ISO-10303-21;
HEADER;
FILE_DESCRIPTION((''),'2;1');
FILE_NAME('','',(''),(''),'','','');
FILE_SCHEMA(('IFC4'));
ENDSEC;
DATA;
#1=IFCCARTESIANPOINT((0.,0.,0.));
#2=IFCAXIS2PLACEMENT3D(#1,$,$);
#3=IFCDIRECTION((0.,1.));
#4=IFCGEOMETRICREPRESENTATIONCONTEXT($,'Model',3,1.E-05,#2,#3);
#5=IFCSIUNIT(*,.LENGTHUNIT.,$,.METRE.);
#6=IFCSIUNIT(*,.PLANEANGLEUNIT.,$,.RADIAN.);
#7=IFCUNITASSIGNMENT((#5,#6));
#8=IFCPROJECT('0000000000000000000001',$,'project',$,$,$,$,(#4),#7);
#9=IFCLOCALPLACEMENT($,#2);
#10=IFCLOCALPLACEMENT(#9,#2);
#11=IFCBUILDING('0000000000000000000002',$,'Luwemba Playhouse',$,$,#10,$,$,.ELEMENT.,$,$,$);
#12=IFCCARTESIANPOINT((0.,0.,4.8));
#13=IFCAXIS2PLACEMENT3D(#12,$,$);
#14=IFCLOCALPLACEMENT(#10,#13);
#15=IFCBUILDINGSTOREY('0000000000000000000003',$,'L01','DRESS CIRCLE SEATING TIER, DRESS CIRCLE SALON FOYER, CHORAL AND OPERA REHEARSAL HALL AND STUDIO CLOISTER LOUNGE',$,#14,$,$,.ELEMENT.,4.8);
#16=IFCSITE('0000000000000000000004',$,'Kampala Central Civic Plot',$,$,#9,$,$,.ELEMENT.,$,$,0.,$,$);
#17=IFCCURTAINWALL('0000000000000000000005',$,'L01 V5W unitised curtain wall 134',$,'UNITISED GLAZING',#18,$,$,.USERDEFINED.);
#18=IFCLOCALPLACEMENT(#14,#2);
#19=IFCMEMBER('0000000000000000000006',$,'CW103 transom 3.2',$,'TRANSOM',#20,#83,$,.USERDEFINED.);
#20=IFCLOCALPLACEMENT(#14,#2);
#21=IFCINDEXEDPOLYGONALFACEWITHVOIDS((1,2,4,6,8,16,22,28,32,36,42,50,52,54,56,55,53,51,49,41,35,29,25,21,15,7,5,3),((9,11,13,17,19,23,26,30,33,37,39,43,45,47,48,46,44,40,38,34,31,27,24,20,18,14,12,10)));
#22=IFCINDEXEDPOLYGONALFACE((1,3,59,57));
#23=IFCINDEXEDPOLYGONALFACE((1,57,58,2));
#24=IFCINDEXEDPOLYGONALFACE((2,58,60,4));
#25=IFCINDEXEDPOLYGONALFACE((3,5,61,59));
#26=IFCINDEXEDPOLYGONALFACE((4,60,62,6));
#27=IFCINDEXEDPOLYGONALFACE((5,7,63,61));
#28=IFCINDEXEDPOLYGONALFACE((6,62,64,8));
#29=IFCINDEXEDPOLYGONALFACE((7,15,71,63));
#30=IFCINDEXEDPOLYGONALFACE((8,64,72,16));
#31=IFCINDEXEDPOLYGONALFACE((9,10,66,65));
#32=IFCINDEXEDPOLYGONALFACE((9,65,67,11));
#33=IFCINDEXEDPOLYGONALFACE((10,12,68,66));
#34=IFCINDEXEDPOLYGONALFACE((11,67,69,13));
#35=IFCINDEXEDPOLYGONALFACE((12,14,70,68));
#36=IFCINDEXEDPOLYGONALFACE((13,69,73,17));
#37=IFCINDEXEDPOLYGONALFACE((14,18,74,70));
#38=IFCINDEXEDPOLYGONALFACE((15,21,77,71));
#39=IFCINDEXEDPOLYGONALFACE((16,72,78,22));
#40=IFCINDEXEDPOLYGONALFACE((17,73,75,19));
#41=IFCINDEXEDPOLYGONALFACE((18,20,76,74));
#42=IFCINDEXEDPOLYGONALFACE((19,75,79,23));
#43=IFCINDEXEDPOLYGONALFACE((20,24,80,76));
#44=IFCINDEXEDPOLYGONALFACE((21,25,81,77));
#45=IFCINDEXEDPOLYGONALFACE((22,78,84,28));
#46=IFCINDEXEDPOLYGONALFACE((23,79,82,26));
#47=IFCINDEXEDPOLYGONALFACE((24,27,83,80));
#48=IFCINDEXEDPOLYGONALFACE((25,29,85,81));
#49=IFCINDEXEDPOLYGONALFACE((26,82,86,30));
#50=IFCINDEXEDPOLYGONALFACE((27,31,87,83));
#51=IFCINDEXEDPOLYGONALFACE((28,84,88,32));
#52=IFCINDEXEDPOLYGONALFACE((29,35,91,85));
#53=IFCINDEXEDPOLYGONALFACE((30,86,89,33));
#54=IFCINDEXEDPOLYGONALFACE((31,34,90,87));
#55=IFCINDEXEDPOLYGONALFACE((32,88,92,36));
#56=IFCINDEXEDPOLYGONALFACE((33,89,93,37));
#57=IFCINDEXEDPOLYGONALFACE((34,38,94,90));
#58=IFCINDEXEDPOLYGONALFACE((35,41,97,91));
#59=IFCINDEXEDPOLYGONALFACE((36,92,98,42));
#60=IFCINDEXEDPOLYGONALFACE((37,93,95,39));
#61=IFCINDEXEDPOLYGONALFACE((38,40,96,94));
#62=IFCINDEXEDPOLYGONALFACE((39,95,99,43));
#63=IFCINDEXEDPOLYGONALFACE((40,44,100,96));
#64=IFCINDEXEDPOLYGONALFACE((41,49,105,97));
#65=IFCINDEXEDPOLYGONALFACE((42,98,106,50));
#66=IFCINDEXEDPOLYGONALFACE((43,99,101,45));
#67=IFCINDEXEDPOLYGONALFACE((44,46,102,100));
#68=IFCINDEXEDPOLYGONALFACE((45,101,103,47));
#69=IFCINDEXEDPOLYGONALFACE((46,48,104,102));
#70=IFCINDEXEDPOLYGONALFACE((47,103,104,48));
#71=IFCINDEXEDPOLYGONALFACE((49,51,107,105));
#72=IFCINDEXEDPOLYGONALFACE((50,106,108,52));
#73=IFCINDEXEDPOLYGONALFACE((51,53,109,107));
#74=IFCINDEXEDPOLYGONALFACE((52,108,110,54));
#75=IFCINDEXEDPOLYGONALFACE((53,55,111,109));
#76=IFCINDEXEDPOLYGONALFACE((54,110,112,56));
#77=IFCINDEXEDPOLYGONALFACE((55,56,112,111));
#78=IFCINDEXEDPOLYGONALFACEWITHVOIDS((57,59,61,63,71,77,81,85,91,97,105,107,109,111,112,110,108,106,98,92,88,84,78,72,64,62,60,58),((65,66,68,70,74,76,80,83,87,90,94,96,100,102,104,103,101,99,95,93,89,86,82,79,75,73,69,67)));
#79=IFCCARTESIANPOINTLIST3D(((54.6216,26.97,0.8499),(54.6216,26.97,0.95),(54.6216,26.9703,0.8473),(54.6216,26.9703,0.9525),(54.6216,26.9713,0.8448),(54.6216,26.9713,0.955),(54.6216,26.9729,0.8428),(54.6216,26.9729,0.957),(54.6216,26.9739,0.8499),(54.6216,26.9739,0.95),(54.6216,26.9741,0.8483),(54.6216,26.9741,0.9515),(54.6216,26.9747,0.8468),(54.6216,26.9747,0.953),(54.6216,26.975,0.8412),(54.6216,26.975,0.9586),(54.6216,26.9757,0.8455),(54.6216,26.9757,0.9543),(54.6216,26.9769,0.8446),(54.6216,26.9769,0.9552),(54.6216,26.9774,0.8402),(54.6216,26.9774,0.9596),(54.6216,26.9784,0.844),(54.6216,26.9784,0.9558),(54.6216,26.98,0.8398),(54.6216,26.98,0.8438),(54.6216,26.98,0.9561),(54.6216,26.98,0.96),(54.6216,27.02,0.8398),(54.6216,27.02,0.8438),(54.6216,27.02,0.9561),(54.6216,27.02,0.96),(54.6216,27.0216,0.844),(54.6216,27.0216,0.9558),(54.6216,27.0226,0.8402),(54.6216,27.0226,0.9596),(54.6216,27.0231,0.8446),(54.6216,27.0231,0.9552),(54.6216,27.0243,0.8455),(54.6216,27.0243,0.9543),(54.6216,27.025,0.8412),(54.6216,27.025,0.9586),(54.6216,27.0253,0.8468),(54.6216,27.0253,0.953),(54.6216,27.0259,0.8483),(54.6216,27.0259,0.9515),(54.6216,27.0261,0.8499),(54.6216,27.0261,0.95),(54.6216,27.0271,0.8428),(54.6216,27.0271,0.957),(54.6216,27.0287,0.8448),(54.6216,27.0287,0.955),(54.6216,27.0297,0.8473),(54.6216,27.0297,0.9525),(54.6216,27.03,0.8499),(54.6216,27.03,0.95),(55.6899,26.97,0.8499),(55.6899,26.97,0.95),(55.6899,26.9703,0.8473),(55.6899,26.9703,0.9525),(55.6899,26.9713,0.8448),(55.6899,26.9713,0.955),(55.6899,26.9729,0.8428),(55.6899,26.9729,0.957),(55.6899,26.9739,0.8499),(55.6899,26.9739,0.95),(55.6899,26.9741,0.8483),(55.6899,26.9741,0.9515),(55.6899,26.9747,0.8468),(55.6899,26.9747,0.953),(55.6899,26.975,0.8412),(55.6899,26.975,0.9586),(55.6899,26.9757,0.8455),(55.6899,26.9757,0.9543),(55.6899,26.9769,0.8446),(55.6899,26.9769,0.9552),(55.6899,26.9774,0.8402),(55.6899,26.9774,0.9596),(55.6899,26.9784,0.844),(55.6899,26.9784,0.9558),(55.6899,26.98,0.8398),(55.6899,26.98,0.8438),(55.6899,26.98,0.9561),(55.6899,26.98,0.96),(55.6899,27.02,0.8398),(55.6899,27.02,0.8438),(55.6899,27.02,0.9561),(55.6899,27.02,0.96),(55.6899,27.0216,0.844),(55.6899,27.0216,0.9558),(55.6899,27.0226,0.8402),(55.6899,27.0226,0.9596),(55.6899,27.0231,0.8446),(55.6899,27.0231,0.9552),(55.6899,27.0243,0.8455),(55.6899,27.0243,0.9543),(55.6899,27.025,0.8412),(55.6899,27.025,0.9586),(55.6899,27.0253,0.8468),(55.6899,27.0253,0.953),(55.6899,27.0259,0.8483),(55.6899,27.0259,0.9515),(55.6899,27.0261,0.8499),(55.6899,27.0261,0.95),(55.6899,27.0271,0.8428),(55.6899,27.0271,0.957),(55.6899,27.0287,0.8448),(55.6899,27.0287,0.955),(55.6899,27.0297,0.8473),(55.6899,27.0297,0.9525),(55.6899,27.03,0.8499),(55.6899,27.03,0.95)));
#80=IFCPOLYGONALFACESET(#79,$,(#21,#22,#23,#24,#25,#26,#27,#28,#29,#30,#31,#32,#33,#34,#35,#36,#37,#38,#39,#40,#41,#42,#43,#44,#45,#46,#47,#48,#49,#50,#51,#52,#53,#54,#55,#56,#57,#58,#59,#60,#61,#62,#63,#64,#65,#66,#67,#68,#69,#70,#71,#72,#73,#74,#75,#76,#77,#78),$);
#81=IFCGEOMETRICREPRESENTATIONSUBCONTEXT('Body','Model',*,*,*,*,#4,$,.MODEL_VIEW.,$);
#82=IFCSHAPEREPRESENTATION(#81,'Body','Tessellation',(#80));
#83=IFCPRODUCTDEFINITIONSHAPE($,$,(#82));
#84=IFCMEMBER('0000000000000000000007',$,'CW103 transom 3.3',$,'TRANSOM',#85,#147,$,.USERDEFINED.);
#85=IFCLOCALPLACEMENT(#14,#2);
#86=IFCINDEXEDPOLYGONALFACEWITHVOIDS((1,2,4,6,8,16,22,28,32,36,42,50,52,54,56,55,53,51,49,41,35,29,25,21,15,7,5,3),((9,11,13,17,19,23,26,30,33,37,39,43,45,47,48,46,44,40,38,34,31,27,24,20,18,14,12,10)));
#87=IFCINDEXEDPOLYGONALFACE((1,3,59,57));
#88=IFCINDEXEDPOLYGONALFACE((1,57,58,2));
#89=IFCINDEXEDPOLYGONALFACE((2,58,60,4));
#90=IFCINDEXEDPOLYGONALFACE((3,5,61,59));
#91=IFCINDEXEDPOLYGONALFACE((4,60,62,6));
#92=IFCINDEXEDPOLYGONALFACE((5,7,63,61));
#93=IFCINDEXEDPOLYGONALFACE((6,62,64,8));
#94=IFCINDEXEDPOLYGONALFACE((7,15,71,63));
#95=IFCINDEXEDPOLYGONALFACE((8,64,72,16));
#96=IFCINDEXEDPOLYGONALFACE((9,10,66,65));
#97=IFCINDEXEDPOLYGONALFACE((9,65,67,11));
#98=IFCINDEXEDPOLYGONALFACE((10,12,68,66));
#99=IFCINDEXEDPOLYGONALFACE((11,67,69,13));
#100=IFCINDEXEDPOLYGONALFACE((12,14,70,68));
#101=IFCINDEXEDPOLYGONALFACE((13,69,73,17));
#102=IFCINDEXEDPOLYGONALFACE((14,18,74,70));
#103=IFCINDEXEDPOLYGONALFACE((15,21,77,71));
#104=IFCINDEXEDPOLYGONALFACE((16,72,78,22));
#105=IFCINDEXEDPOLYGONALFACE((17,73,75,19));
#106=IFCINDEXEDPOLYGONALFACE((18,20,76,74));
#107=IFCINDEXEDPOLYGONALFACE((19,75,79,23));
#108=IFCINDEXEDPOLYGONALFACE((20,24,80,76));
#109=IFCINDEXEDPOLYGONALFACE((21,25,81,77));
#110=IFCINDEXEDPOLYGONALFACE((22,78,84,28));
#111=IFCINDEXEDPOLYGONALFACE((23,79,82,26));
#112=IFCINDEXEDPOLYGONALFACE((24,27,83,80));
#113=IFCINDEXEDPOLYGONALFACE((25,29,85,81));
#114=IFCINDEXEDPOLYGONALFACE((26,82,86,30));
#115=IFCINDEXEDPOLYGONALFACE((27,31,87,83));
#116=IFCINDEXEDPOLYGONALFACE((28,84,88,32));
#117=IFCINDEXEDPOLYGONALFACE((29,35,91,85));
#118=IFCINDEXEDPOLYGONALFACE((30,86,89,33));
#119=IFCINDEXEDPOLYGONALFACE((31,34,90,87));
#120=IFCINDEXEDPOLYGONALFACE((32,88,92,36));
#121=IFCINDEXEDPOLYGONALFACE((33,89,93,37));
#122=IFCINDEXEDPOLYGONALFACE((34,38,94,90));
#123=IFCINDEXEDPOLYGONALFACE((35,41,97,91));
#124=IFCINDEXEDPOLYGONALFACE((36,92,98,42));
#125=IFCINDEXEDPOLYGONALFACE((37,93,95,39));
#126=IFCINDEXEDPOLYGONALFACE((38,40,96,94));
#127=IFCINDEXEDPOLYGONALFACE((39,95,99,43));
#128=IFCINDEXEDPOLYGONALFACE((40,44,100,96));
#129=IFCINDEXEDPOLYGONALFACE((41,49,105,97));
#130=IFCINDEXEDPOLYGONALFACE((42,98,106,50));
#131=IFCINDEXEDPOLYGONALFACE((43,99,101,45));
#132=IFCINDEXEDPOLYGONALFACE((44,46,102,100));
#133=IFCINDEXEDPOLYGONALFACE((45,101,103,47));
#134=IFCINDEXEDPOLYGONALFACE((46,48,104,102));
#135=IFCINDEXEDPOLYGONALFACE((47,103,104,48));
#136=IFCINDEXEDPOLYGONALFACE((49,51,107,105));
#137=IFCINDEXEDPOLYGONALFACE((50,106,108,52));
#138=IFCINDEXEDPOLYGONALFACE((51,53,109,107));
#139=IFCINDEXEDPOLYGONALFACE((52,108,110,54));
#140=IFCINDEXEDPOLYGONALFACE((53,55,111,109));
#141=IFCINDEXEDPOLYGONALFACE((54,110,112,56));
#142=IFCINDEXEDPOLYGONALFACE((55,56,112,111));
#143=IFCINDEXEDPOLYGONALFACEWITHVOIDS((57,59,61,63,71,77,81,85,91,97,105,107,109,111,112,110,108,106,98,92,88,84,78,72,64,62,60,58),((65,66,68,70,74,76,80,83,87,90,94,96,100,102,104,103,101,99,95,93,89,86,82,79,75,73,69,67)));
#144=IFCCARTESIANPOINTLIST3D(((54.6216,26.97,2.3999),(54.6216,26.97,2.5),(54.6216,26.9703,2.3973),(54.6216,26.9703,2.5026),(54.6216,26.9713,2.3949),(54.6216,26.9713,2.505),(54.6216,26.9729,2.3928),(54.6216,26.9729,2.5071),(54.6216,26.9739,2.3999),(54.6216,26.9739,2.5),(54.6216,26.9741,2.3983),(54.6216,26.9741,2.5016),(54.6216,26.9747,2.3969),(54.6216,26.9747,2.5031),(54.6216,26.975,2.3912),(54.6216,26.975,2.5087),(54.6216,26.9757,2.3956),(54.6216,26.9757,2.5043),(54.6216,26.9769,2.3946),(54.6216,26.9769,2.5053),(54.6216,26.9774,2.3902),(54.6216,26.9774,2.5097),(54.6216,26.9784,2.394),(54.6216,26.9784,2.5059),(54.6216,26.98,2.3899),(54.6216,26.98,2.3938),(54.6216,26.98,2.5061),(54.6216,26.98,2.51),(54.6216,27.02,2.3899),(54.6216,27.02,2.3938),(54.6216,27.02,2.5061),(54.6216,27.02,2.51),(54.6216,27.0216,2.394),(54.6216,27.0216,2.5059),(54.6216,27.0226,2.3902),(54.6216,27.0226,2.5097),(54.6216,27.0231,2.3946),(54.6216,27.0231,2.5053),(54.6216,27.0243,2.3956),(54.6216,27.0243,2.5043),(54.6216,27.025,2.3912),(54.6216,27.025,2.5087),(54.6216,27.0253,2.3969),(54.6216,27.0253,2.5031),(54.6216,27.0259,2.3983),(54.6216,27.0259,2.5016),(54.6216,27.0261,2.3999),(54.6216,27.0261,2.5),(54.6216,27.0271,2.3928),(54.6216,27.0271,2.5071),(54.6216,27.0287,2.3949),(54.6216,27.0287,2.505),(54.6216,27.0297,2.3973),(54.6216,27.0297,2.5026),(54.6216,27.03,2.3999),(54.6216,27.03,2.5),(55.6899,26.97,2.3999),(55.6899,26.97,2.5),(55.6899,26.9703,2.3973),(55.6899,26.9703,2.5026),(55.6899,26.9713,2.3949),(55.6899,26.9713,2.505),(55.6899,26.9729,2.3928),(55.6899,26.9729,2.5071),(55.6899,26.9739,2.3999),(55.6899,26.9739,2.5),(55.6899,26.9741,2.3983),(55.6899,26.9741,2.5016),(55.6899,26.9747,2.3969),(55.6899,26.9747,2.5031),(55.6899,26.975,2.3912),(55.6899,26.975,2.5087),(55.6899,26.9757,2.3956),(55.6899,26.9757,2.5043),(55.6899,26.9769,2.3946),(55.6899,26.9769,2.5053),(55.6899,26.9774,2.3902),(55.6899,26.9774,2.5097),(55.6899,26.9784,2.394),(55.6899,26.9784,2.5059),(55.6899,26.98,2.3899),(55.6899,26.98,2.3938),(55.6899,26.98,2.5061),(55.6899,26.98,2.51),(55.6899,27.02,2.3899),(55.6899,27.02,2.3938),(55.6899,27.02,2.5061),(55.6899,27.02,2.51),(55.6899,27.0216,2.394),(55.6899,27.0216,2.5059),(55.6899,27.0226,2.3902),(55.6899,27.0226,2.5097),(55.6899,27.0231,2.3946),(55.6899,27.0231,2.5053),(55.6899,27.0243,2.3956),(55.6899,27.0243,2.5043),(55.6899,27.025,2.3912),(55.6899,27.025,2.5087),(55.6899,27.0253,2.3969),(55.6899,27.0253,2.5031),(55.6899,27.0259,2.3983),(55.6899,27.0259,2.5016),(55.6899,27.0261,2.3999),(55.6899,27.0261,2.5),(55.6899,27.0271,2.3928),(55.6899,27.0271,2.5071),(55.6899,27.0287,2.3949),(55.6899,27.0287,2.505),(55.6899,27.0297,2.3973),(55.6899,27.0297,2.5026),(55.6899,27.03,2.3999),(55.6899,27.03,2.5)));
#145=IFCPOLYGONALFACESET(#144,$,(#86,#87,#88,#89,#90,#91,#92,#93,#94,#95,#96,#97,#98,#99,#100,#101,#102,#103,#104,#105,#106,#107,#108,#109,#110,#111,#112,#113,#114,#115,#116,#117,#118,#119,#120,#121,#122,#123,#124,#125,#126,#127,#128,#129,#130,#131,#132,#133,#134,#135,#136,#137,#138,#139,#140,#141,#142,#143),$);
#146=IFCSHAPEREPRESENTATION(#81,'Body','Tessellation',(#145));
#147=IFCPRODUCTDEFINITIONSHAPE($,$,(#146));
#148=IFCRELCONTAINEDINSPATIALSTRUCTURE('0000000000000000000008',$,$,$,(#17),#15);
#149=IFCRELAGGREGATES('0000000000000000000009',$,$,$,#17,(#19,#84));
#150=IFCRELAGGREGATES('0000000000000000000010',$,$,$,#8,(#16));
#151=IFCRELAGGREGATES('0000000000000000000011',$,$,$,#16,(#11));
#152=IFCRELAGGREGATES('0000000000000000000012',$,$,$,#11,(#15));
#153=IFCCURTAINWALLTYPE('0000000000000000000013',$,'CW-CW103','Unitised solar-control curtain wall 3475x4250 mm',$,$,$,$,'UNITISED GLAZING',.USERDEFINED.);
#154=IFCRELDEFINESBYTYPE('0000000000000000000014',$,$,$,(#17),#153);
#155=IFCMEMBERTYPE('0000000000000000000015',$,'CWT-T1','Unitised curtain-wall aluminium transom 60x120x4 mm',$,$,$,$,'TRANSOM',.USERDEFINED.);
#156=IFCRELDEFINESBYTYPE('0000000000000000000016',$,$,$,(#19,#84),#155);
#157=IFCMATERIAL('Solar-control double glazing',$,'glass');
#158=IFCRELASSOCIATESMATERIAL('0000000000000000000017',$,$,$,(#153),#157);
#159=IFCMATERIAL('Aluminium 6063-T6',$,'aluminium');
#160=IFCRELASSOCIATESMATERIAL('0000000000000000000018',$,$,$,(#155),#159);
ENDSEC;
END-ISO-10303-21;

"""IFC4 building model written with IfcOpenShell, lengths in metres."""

from ifc_helpers import new_model, si_unit, direction, frame, origin, origin_2d, place, context, subcontext, project, spatial, hollow_rectangle, extrude, material, material_profile, profile_set, type_object, element, aggregate, save


model = new_model("IFC4")

# Units and contexts
model_context = context("Model", 3, precision=1e-05, world=origin(), true_north=direction((0.0, 1.0)))
body_context = subcontext(model_context, "Body", "Model", "MODEL_VIEW")
ifc_project = project(units=[si_unit("LENGTHUNIT", "METRE"), si_unit("PLANEANGLEUNIT", "RADIAN")], contexts=[model_context])

# Site, building, storey
site_placement = place(None, origin())
site = spatial("IfcSite", under=ifc_project, at=site_placement, Name="Kampala Central Civic Plot", CompositionType="ELEMENT", RefElevation=0.0)
building_placement = place(site_placement, origin())
building = spatial("IfcBuilding", under=site, at=building_placement, Name="Luwemba Playhouse", CompositionType="ELEMENT")
storey_placement = place(building_placement, frame((0.0, 0.0, 4.8)))
storey = spatial("IfcBuildingStorey", under=building, at=storey_placement, Name="L01", Description="DRESS CIRCLE SEATING TIER, DRESS CIRCLE SALON FOYER, CHORAL AND OPERA REHEARSAL HALL AND STUDIO CLOISTER LOUNGE", CompositionType="ELEMENT", Elevation=4.8)

# Curtain wall
ifc_material_1 = material(Name="Solar-control double glazing", Category="glass")
curtain_wall_type_1 = type_object("IfcCurtainWallType", Name="CW-CW103", Description="Unitised solar-control curtain wall 3475x4250 mm", ElementType="UNITISED GLAZING", PredefinedType="USERDEFINED", material=ifc_material_1)
curtain_wall_1_placement = place(storey_placement, origin())
curtain_wall_1 = element("IfcCurtainWall", 1, at=curtain_wall_1_placement, inside=storey, type_object=curtain_wall_type_1, Name="L01 V5W unitised curtain wall 134", ObjectType="UNITISED GLAZING", PredefinedType="USERDEFINED")
ifc_material_2 = material(Name="Aluminium 6063-T6", Category="aluminium")

# Members
ifc_material_profile_1 = material_profile(ifc_material_2, hollow_rectangle(XDim=0.0601, YDim=0.1201, WallThickness=0.0039, InnerFilletRadius=0.0061, OuterFilletRadius=0.01, at=origin_2d()))
ifc_profile_set_1 = profile_set([ifc_material_profile_1], Name="Aluminium 6063-T6")
member_type_1 = type_object("IfcMemberType", Name="CWT-T1", Description="Unitised curtain-wall aluminium transom 60x120x4 mm", ElementType="TRANSOM", PredefinedType="USERDEFINED", material=ifc_profile_set_1)
member_1_placement = place(storey_placement, frame((54.6216, 27.0, 0.8999), z_axis=(1.0, 0.0, 0.0), x_axis=(0.0, 1.0, 0.0)))
member_1 = element("IfcMember", 2, at=member_1_placement, type_object=member_type_1, Name="CW103 transom 3.2", ObjectType="TRANSOM", PredefinedType="USERDEFINED", context=body_context, shape_type="SweptSolid", body=[
    extrude(hollow_rectangle(XDim=0.0601, YDim=0.1201, WallThickness=0.0039, InnerFilletRadius=0.0061, OuterFilletRadius=0.01, at=origin_2d()), origin(), (0.0, 0.0, 1.0), 1.0684),
])
member_2_placement = place(storey_placement, frame((54.6216, 27.0, 2.45), z_axis=(1.0, 0.0, 0.0), x_axis=(0.0, 1.0, 0.0)))
member_2 = element("IfcMember", 3, at=member_2_placement, type_object=member_type_1, Name="CW103 transom 3.3", ObjectType="TRANSOM", PredefinedType="USERDEFINED", context=body_context, shape_type="SweptSolid", body=[
    extrude(hollow_rectangle(XDim=0.0601, YDim=0.1201, WallThickness=0.0039, InnerFilletRadius=0.0061, OuterFilletRadius=0.01, at=origin_2d()), origin(), (0.0, 0.0, 1.0), 1.0684),
])

aggregate(curtain_wall_1, [member_1, member_2])

save(model, "model.ifc")
